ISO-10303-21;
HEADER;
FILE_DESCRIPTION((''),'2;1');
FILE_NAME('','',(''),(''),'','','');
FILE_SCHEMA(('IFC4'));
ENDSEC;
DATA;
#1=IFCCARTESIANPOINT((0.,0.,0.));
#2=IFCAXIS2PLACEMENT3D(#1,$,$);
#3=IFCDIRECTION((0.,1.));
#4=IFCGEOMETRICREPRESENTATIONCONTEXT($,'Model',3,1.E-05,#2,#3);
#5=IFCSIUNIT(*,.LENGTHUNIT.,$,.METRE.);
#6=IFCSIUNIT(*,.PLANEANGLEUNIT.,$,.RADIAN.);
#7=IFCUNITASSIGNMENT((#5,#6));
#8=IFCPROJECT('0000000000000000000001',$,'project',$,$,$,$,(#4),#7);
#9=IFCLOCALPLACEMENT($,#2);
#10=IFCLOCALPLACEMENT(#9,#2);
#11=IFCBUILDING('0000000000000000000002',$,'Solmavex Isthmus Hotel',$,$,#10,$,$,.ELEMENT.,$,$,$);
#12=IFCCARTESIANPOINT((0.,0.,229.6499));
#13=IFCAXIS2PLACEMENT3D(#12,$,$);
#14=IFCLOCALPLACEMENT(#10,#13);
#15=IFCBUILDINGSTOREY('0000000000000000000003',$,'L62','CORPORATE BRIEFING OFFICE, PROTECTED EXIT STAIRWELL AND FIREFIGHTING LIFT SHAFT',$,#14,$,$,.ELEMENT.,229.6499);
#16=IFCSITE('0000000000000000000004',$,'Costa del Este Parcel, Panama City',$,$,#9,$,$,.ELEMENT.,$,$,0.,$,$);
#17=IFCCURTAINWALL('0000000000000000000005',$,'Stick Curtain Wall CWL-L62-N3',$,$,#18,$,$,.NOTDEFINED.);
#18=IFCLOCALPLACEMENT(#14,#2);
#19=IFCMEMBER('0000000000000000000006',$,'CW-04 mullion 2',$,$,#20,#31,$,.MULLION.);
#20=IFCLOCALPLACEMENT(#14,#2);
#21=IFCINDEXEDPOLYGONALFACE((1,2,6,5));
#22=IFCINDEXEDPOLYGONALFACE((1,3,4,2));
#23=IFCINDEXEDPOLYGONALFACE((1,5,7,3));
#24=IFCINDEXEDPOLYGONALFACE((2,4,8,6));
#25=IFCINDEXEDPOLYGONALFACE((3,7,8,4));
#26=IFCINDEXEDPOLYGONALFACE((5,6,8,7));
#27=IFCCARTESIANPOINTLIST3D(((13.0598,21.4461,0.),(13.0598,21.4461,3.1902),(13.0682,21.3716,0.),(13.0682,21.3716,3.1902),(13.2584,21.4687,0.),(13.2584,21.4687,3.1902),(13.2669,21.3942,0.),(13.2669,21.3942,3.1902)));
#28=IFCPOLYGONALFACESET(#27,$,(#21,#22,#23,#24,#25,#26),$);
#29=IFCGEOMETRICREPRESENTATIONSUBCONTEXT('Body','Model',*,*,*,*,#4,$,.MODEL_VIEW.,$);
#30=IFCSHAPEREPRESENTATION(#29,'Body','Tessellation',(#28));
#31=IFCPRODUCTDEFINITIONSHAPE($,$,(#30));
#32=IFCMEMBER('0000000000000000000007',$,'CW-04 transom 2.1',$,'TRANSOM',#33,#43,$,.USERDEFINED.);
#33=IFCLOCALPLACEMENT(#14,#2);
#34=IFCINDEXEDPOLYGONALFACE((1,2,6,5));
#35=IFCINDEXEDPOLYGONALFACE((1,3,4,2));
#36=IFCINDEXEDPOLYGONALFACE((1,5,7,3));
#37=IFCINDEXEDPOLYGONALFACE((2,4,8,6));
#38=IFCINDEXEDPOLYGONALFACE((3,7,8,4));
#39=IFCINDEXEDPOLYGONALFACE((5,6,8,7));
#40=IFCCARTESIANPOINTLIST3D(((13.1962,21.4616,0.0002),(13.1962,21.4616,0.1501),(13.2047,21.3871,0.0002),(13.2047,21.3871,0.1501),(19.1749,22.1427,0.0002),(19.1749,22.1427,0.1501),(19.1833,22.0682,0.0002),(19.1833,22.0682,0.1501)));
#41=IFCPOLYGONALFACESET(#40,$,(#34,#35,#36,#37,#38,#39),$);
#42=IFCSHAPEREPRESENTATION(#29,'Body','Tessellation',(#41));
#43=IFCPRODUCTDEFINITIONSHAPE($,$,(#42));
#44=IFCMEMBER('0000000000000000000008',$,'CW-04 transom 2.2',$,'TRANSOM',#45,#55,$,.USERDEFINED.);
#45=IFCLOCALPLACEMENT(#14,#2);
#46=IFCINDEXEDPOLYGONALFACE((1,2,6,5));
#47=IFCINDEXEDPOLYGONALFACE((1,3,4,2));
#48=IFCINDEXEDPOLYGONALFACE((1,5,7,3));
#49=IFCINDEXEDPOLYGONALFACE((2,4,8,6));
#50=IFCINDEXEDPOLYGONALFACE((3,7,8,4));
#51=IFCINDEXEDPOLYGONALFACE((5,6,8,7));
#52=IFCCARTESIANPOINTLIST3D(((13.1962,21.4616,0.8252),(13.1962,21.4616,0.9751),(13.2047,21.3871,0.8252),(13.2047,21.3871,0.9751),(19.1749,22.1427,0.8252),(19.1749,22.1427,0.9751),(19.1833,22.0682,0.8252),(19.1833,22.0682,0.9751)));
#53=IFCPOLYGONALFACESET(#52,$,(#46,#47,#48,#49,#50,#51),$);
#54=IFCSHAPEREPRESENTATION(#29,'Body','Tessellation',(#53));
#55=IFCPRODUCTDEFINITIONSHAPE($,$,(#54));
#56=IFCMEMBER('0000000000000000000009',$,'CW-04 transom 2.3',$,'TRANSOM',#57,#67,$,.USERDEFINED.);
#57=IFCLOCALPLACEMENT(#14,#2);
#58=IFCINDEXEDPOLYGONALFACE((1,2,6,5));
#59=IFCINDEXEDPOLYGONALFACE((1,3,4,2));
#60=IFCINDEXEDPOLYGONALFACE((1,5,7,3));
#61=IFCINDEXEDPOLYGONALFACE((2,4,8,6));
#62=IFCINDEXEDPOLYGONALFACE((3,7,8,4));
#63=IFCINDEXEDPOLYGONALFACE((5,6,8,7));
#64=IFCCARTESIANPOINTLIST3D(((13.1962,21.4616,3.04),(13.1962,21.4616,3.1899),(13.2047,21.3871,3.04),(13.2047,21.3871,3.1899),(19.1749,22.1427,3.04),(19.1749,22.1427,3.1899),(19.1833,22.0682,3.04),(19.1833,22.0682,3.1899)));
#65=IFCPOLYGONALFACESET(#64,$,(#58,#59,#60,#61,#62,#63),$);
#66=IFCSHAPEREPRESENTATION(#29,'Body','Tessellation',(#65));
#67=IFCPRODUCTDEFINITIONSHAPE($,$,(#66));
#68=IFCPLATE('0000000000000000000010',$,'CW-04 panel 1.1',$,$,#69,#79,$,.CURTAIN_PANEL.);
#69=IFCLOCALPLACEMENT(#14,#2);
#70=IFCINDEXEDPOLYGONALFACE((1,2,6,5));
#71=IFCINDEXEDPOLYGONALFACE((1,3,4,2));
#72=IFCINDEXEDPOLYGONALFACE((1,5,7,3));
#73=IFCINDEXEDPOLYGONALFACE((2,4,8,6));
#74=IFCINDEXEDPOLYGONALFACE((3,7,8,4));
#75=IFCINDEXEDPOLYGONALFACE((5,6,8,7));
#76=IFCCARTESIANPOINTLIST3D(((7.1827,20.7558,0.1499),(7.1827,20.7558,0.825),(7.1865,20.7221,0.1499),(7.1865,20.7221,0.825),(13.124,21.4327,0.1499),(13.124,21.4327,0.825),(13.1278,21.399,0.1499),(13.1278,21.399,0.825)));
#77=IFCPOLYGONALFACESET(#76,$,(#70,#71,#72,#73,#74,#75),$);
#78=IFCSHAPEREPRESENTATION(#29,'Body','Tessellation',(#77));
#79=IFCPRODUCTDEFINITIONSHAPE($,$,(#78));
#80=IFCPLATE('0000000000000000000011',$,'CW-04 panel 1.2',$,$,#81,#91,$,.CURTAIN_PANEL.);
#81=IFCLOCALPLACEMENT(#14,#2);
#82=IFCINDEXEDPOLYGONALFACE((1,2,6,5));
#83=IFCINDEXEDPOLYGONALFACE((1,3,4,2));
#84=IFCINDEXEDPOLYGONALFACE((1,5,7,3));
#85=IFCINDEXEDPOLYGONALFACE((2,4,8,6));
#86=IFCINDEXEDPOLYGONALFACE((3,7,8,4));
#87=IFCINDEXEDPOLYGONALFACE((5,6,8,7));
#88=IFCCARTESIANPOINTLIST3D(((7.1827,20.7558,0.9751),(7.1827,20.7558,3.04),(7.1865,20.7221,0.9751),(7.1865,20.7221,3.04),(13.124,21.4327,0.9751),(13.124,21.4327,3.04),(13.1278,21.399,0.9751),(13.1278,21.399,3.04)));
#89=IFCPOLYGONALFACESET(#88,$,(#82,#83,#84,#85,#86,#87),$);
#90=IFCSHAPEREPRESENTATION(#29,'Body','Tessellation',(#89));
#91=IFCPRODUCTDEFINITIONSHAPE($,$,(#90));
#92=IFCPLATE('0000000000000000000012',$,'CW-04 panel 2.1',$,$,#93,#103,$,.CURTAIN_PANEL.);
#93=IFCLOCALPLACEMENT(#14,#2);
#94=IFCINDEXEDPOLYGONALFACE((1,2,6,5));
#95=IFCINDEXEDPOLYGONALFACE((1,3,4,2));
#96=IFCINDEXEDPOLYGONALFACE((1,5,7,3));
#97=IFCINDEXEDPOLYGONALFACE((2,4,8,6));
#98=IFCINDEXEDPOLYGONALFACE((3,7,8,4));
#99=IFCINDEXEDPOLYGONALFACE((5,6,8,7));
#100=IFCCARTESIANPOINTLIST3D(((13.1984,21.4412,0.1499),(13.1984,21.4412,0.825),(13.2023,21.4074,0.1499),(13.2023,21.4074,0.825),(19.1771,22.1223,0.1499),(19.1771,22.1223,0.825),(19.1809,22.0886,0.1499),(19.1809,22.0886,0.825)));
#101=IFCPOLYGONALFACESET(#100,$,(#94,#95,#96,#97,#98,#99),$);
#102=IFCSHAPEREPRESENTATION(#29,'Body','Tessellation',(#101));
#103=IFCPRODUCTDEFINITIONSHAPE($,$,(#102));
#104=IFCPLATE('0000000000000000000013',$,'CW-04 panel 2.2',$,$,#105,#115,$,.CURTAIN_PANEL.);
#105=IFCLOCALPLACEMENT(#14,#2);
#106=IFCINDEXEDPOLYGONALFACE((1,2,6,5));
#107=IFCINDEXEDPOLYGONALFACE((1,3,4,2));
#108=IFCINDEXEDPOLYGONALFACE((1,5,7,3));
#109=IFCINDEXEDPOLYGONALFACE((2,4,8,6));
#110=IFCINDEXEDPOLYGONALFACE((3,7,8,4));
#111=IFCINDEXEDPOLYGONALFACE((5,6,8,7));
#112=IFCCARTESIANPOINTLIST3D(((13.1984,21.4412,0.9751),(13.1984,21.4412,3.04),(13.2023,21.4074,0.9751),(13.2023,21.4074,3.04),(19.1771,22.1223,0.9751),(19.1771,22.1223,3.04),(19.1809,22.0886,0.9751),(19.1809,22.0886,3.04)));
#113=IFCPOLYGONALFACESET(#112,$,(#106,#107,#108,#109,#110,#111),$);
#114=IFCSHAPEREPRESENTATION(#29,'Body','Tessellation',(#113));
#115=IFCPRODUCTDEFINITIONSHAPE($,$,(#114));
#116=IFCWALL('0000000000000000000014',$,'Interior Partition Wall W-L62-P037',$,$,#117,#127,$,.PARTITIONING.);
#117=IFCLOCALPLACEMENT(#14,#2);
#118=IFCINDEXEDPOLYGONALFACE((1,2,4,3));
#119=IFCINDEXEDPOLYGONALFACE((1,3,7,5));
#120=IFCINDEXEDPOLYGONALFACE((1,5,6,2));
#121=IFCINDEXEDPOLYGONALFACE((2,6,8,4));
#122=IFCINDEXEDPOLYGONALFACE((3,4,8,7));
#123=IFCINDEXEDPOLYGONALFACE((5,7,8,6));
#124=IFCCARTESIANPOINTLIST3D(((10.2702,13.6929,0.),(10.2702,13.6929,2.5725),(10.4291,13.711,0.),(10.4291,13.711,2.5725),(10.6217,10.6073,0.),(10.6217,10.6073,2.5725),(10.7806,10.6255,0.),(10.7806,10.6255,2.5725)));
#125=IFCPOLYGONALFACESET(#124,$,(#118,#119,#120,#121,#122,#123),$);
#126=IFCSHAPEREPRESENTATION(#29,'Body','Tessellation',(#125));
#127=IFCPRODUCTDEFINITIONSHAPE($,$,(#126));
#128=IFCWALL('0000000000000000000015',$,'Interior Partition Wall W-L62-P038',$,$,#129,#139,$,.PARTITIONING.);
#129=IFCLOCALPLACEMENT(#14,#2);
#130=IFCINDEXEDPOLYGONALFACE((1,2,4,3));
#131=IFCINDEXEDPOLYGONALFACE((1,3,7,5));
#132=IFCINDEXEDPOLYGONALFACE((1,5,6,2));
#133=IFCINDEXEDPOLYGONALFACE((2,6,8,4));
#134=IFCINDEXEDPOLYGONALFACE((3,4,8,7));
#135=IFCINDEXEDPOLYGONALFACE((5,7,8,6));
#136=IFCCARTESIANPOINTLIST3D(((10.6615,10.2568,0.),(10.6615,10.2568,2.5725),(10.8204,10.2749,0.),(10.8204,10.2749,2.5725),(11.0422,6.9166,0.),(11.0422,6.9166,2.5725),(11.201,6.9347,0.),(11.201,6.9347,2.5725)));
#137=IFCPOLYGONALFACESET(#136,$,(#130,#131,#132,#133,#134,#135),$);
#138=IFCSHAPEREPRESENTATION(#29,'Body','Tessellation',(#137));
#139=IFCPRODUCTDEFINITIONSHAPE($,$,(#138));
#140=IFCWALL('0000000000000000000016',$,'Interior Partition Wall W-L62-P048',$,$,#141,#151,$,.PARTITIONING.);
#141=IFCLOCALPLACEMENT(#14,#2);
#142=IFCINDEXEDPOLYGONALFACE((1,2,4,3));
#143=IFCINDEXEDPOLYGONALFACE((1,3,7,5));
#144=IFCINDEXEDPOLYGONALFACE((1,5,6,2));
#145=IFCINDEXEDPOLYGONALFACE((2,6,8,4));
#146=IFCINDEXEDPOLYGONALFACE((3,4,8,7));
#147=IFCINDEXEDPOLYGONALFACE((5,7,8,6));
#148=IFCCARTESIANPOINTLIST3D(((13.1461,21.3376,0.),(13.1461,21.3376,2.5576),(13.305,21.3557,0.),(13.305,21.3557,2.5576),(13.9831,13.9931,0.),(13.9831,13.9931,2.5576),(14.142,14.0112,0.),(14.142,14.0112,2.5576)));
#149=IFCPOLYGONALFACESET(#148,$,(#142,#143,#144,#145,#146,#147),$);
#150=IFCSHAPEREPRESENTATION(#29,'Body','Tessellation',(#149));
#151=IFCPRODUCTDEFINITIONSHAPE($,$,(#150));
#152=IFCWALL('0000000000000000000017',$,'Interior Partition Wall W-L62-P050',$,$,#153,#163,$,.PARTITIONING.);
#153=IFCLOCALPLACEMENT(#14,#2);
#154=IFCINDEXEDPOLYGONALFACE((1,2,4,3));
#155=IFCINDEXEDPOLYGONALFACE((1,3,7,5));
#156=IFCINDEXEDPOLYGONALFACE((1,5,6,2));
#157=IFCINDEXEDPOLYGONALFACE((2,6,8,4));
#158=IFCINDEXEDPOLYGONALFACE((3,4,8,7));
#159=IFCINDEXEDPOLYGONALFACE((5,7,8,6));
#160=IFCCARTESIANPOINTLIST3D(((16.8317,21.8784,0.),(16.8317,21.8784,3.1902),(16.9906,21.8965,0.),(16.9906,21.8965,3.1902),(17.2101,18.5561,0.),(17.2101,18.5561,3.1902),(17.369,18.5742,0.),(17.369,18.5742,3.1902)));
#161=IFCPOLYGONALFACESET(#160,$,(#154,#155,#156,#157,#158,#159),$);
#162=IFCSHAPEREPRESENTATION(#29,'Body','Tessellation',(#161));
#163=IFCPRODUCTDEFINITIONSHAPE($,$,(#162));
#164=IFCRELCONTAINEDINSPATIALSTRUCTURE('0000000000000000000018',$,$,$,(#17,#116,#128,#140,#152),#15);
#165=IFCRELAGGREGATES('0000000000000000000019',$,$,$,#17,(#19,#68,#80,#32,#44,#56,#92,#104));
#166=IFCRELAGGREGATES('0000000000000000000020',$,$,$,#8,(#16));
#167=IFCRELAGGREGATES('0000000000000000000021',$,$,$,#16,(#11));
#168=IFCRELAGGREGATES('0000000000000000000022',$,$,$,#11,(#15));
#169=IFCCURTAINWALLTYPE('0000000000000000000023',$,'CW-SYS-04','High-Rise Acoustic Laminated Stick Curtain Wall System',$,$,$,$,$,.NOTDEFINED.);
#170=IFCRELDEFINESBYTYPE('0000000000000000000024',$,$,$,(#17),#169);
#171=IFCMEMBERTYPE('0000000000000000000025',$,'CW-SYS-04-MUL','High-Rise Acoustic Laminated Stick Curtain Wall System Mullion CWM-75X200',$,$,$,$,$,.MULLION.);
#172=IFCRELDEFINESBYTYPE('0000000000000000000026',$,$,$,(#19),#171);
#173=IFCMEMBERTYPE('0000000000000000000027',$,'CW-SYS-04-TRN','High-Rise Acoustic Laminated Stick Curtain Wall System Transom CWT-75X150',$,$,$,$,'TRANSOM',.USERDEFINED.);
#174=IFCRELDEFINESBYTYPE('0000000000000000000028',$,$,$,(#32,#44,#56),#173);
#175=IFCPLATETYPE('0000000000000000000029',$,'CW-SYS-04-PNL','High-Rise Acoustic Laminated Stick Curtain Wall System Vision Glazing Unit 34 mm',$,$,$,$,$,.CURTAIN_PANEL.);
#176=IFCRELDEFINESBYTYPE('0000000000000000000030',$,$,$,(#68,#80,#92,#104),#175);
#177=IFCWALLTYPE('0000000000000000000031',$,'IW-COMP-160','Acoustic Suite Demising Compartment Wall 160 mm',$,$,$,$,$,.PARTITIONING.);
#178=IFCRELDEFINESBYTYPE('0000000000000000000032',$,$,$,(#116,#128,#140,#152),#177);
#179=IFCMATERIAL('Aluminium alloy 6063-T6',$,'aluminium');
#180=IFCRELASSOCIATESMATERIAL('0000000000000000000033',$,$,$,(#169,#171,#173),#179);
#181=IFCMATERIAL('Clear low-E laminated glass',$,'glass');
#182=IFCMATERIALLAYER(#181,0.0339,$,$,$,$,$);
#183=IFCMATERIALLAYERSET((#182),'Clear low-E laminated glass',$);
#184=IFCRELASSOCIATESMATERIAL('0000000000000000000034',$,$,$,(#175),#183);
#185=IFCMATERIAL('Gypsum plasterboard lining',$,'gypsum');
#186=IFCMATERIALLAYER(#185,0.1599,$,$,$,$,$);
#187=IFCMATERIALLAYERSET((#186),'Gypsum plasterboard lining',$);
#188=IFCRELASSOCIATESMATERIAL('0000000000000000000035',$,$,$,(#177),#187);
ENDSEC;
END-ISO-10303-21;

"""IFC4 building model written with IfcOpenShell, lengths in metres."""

from ifc_helpers import new_model, si_unit, direction, frame, frame_2d, origin, origin_2d, place, context, subcontext, project, spatial, rectangle, extrude, material, layer, layer_set, material_profile, profile_set, type_object, element, aggregate, save


model = new_model("IFC4")

# Units and contexts
model_context = context("Model", 3, precision=1e-05, world=origin(), true_north=direction((0.0, 1.0)))
body_context = subcontext(model_context, "Body", "Model", "MODEL_VIEW")
ifc_project = project(units=[si_unit("LENGTHUNIT", "METRE"), si_unit("PLANEANGLEUNIT", "RADIAN")], contexts=[model_context])

# Site, building, storey
site_placement = place(None, origin())
site = spatial("IfcSite", under=ifc_project, at=site_placement, Name="Costa del Este Parcel, Panama City", CompositionType="ELEMENT", RefElevation=0.0)
building_placement = place(site_placement, origin())
building = spatial("IfcBuilding", under=site, at=building_placement, Name="Solmavex Isthmus Hotel", CompositionType="ELEMENT")
storey_placement = place(building_placement, frame((0.0, 0.0, 229.6499)))
storey = spatial("IfcBuildingStorey", under=building, at=storey_placement, Name="L62", Description="CORPORATE BRIEFING OFFICE, PROTECTED EXIT STAIRWELL AND FIREFIGHTING LIFT SHAFT", CompositionType="ELEMENT", Elevation=229.6499)

# Curtain wall, members, plates
ifc_material_1 = material(Name="Aluminium alloy 6063-T6", Category="aluminium")
curtain_wall_type = type_object("IfcCurtainWallType", Name="CW-SYS-04", Description="High-Rise Acoustic Laminated Stick Curtain Wall System", PredefinedType="NOTDEFINED", material=ifc_material_1)
curtain_wall_placement = place(storey_placement, origin())
curtain_wall = element("IfcCurtainWall", 1, at=curtain_wall_placement, inside=storey, type_object=curtain_wall_type, Name="Stick Curtain Wall CWL-L62-N3", PredefinedType="NOTDEFINED")
ifc_material_profile_1 = material_profile(ifc_material_1, rectangle(XDim=0.075, YDim=0.2, at=origin_2d()), Name="CWM-75X200")
ifc_profile_set_1 = profile_set([ifc_material_profile_1], Name="Aluminium alloy 6063-T6")
member_type_1 = type_object("IfcMemberType", Name="CW-SYS-04-MUL", Description="High-Rise Acoustic Laminated Stick Curtain Wall System Mullion CWM-75X200", PredefinedType="MULLION", material=ifc_profile_set_1)
member_1_placement = place(storey_placement, frame((13.1633, 21.4202, 0.0), z_axis=(0.0, 0.0, 1.0), x_axis=(-0.113203, 0.993572, 0.0)))
member_1 = element("IfcMember", 2, at=member_1_placement, type_object=member_type_1, Name="CW-04 mullion 2", PredefinedType="MULLION", context=body_context, shape_type="SweptSolid", body=[
    extrude(rectangle(XDim=0.075, YDim=0.2, at=origin_2d()), origin(), (0.0, 0.0, 1.0), 3.1902),
])
ifc_material_profile_2 = material_profile(ifc_material_1, rectangle(XDim=0.075, YDim=0.1499, at=origin_2d()), Name="CWT-75X150")
ifc_profile_set_2 = profile_set([ifc_material_profile_2], Name="Aluminium alloy 6063-T6")
member_type_2 = type_object("IfcMemberType", Name="CW-SYS-04-TRN", Description="High-Rise Acoustic Laminated Stick Curtain Wall System Transom CWT-75X150", ElementType="TRANSOM", PredefinedType="USERDEFINED", material=ifc_profile_set_2)
member_2_placement = place(storey_placement, frame((13.2004, 21.4243, 0.0752), z_axis=(0.993573, 0.113196, 0.0), x_axis=(-0.113196, 0.993573, 0.0)))
member_2 = element("IfcMember", 3, at=member_2_placement, type_object=member_type_2, Name="CW-04 transom 2.1", ObjectType="TRANSOM", PredefinedType="USERDEFINED", context=body_context, shape_type="SweptSolid", body=[
    extrude(rectangle(XDim=0.075, YDim=0.1499, at=origin_2d()), origin(), (0.0, 0.0, 1.0), 6.0173),
])
member_3_placement = place(storey_placement, frame((13.2004, 21.4243, 0.9001), z_axis=(0.993573, 0.113196, 0.0), x_axis=(-0.113196, 0.993573, 0.0)))
member_3 = element("IfcMember", 4, at=member_3_placement, type_object=member_type_2, Name="CW-04 transom 2.2", ObjectType="TRANSOM", PredefinedType="USERDEFINED", context=body_context, shape_type="SweptSolid", body=[
    extrude(rectangle(XDim=0.075, YDim=0.1499, at=origin_2d()), origin(), (0.0, 0.0, 1.0), 6.0173),
])
member_4_placement = place(storey_placement, frame((13.2004, 21.4243, 3.115), z_axis=(0.993573, 0.113196, 0.0), x_axis=(-0.113196, 0.993573, 0.0)))
member_4 = element("IfcMember", 5, at=member_4_placement, type_object=member_type_2, Name="CW-04 transom 2.3", ObjectType="TRANSOM", PredefinedType="USERDEFINED", context=body_context, shape_type="SweptSolid", body=[
    extrude(rectangle(XDim=0.075, YDim=0.1499, at=origin_2d()), origin(), (0.0, 0.0, 1.0), 6.0173),
])
ifc_material_2 = material(Name="Clear low-E laminated glass", Category="glass")
ifc_layer_1 = layer(ifc_material_2, 0.0339)
ifc_layer_set_1 = layer_set([ifc_layer_1], Name="Clear low-E laminated glass")
plate_type = type_object("IfcPlateType", Name="CW-SYS-04-PNL", Description="High-Rise Acoustic Laminated Stick Curtain Wall System Vision Glazing Unit 34 mm", PredefinedType="CURTAIN_PANEL", material=ifc_layer_set_1)
plate_1_placement = place(storey_placement, frame((10.1553, 21.0774, 0.1499), z_axis=(0.0, 0.0, 1.0), x_axis=(0.993572, 0.113203, 0.0)))
plate_1 = element("IfcPlate", 6, at=plate_1_placement, type_object=plate_type, Name="CW-04 panel 1.1", PredefinedType="CURTAIN_PANEL", context=body_context, shape_type="SweptSolid", body=[
    extrude(rectangle(XDim=5.9797, YDim=0.0339, at=origin_2d()), origin(), (0.0, 0.0, 1.0), 0.675),
])
plate_2_placement = place(storey_placement, frame((10.1553, 21.0774, 0.9751), z_axis=(0.0, 0.0, 1.0), x_axis=(0.993572, 0.113203, 0.0)))
plate_2 = element("IfcPlate", 7, at=plate_2_placement, type_object=plate_type, Name="CW-04 panel 1.2", PredefinedType="CURTAIN_PANEL", context=body_context, shape_type="SweptSolid", body=[
    extrude(rectangle(XDim=5.9797, YDim=0.0339, at=origin_2d()), origin(), (0.0, 0.0, 1.0), 2.0649),
])
plate_3_placement = place(storey_placement, frame((16.1897, 21.7649, 0.1499), z_axis=(0.0, 0.0, 1.0), x_axis=(0.993572, 0.113203, 0.0)))
plate_3 = element("IfcPlate", 8, at=plate_3_placement, type_object=plate_type, Name="CW-04 panel 2.1", PredefinedType="CURTAIN_PANEL", context=body_context, shape_type="SweptSolid", body=[
    extrude(rectangle(XDim=6.0173, YDim=0.0339, at=origin_2d()), origin(), (0.0, 0.0, 1.0), 0.675),
])
plate_4_placement = place(storey_placement, frame((16.1897, 21.7649, 0.9751), z_axis=(0.0, 0.0, 1.0), x_axis=(0.993572, 0.113203, 0.0)))
plate_4 = element("IfcPlate", 9, at=plate_4_placement, type_object=plate_type, Name="CW-04 panel 2.2", PredefinedType="CURTAIN_PANEL", context=body_context, shape_type="SweptSolid", body=[
    extrude(rectangle(XDim=6.0173, YDim=0.0339, at=origin_2d()), origin(), (0.0, 0.0, 1.0), 2.0649),
])
aggregate(curtain_wall, [member_1, plate_1, plate_2, member_2, member_3, member_4, plate_3, plate_4])

# Walls
ifc_material_3 = material(Name="Gypsum plasterboard lining", Category="gypsum")
ifc_layer_2 = layer(ifc_material_3, 0.1599)
ifc_layer_set_2 = layer_set([ifc_layer_2], Name="Gypsum plasterboard lining")
wall_type_1 = type_object("IfcWallType", Name="IW-COMP-160", Description="Acoustic Suite Demising Compartment Wall 160 mm", PredefinedType="PARTITIONING", material=ifc_layer_set_2)
wall_1_placement = place(storey_placement, frame((10.3496, 13.7019, 0.0), z_axis=(0.0, 0.0, 1.0), x_axis=(0.11321, -0.993571, 0.0)))
element("IfcWall", 10, at=wall_1_placement, inside=storey, type_object=wall_type_1, Name="Interior Partition Wall W-L62-P037", PredefinedType="PARTITIONING", context=body_context, shape_type="SweptSolid", body=[
    extrude(rectangle(XDim=3.1055, YDim=0.1599, at=frame_2d((1.5527, 0.0))), origin(), (0.0, 0.0, 1.0), 2.5725),
])
wall_2_placement = place(storey_placement, frame((10.741, 10.2659, 0.0), z_axis=(0.0, 0.0, 1.0), x_axis=(0.113221, -0.99357, 0.0)))
element("IfcWall", 11, at=wall_2_placement, inside=storey, type_object=wall_type_1, Name="Interior Partition Wall W-L62-P038", PredefinedType="PARTITIONING", context=body_context, shape_type="SweptSolid", body=[
    extrude(rectangle(XDim=3.3618, YDim=0.1599, at=frame_2d((1.6809, 0.0))), origin(), (0.0, 0.0, 1.0), 2.5725),
])

# Walls
wall_3_placement = place(storey_placement, frame((13.2256, 21.3467, 0.0), z_axis=(0.0, 0.0, 1.0), x_axis=(0.113219, -0.99357, 0.0)))
element("IfcWall", 12, at=wall_3_placement, inside=storey, type_object=wall_type_1, Name="Interior Partition Wall W-L62-P048", PredefinedType="PARTITIONING", context=body_context, shape_type="SweptSolid", body=[
    extrude(rectangle(XDim=7.3921, YDim=0.1599, at=frame_2d((3.696, 0.0))), origin(), (0.0, 0.0, 1.0), 2.5576),
])
wall_4_placement = place(storey_placement, frame((16.9111, 21.8875, 0.0), z_axis=(0.0, 0.0, 1.0), x_axis=(0.113172, -0.993575, 0.0)))
element("IfcWall", 13, at=wall_4_placement, inside=storey, type_object=wall_type_1, Name="Interior Partition Wall W-L62-P050", PredefinedType="PARTITIONING", context=body_context, shape_type="SweptSolid", body=[
    extrude(rectangle(XDim=3.3438, YDim=0.1599, at=frame_2d((1.6719, 0.0))), origin(), (0.0, 0.0, 1.0), 3.1902),
])

save(model, "model.ifc")
